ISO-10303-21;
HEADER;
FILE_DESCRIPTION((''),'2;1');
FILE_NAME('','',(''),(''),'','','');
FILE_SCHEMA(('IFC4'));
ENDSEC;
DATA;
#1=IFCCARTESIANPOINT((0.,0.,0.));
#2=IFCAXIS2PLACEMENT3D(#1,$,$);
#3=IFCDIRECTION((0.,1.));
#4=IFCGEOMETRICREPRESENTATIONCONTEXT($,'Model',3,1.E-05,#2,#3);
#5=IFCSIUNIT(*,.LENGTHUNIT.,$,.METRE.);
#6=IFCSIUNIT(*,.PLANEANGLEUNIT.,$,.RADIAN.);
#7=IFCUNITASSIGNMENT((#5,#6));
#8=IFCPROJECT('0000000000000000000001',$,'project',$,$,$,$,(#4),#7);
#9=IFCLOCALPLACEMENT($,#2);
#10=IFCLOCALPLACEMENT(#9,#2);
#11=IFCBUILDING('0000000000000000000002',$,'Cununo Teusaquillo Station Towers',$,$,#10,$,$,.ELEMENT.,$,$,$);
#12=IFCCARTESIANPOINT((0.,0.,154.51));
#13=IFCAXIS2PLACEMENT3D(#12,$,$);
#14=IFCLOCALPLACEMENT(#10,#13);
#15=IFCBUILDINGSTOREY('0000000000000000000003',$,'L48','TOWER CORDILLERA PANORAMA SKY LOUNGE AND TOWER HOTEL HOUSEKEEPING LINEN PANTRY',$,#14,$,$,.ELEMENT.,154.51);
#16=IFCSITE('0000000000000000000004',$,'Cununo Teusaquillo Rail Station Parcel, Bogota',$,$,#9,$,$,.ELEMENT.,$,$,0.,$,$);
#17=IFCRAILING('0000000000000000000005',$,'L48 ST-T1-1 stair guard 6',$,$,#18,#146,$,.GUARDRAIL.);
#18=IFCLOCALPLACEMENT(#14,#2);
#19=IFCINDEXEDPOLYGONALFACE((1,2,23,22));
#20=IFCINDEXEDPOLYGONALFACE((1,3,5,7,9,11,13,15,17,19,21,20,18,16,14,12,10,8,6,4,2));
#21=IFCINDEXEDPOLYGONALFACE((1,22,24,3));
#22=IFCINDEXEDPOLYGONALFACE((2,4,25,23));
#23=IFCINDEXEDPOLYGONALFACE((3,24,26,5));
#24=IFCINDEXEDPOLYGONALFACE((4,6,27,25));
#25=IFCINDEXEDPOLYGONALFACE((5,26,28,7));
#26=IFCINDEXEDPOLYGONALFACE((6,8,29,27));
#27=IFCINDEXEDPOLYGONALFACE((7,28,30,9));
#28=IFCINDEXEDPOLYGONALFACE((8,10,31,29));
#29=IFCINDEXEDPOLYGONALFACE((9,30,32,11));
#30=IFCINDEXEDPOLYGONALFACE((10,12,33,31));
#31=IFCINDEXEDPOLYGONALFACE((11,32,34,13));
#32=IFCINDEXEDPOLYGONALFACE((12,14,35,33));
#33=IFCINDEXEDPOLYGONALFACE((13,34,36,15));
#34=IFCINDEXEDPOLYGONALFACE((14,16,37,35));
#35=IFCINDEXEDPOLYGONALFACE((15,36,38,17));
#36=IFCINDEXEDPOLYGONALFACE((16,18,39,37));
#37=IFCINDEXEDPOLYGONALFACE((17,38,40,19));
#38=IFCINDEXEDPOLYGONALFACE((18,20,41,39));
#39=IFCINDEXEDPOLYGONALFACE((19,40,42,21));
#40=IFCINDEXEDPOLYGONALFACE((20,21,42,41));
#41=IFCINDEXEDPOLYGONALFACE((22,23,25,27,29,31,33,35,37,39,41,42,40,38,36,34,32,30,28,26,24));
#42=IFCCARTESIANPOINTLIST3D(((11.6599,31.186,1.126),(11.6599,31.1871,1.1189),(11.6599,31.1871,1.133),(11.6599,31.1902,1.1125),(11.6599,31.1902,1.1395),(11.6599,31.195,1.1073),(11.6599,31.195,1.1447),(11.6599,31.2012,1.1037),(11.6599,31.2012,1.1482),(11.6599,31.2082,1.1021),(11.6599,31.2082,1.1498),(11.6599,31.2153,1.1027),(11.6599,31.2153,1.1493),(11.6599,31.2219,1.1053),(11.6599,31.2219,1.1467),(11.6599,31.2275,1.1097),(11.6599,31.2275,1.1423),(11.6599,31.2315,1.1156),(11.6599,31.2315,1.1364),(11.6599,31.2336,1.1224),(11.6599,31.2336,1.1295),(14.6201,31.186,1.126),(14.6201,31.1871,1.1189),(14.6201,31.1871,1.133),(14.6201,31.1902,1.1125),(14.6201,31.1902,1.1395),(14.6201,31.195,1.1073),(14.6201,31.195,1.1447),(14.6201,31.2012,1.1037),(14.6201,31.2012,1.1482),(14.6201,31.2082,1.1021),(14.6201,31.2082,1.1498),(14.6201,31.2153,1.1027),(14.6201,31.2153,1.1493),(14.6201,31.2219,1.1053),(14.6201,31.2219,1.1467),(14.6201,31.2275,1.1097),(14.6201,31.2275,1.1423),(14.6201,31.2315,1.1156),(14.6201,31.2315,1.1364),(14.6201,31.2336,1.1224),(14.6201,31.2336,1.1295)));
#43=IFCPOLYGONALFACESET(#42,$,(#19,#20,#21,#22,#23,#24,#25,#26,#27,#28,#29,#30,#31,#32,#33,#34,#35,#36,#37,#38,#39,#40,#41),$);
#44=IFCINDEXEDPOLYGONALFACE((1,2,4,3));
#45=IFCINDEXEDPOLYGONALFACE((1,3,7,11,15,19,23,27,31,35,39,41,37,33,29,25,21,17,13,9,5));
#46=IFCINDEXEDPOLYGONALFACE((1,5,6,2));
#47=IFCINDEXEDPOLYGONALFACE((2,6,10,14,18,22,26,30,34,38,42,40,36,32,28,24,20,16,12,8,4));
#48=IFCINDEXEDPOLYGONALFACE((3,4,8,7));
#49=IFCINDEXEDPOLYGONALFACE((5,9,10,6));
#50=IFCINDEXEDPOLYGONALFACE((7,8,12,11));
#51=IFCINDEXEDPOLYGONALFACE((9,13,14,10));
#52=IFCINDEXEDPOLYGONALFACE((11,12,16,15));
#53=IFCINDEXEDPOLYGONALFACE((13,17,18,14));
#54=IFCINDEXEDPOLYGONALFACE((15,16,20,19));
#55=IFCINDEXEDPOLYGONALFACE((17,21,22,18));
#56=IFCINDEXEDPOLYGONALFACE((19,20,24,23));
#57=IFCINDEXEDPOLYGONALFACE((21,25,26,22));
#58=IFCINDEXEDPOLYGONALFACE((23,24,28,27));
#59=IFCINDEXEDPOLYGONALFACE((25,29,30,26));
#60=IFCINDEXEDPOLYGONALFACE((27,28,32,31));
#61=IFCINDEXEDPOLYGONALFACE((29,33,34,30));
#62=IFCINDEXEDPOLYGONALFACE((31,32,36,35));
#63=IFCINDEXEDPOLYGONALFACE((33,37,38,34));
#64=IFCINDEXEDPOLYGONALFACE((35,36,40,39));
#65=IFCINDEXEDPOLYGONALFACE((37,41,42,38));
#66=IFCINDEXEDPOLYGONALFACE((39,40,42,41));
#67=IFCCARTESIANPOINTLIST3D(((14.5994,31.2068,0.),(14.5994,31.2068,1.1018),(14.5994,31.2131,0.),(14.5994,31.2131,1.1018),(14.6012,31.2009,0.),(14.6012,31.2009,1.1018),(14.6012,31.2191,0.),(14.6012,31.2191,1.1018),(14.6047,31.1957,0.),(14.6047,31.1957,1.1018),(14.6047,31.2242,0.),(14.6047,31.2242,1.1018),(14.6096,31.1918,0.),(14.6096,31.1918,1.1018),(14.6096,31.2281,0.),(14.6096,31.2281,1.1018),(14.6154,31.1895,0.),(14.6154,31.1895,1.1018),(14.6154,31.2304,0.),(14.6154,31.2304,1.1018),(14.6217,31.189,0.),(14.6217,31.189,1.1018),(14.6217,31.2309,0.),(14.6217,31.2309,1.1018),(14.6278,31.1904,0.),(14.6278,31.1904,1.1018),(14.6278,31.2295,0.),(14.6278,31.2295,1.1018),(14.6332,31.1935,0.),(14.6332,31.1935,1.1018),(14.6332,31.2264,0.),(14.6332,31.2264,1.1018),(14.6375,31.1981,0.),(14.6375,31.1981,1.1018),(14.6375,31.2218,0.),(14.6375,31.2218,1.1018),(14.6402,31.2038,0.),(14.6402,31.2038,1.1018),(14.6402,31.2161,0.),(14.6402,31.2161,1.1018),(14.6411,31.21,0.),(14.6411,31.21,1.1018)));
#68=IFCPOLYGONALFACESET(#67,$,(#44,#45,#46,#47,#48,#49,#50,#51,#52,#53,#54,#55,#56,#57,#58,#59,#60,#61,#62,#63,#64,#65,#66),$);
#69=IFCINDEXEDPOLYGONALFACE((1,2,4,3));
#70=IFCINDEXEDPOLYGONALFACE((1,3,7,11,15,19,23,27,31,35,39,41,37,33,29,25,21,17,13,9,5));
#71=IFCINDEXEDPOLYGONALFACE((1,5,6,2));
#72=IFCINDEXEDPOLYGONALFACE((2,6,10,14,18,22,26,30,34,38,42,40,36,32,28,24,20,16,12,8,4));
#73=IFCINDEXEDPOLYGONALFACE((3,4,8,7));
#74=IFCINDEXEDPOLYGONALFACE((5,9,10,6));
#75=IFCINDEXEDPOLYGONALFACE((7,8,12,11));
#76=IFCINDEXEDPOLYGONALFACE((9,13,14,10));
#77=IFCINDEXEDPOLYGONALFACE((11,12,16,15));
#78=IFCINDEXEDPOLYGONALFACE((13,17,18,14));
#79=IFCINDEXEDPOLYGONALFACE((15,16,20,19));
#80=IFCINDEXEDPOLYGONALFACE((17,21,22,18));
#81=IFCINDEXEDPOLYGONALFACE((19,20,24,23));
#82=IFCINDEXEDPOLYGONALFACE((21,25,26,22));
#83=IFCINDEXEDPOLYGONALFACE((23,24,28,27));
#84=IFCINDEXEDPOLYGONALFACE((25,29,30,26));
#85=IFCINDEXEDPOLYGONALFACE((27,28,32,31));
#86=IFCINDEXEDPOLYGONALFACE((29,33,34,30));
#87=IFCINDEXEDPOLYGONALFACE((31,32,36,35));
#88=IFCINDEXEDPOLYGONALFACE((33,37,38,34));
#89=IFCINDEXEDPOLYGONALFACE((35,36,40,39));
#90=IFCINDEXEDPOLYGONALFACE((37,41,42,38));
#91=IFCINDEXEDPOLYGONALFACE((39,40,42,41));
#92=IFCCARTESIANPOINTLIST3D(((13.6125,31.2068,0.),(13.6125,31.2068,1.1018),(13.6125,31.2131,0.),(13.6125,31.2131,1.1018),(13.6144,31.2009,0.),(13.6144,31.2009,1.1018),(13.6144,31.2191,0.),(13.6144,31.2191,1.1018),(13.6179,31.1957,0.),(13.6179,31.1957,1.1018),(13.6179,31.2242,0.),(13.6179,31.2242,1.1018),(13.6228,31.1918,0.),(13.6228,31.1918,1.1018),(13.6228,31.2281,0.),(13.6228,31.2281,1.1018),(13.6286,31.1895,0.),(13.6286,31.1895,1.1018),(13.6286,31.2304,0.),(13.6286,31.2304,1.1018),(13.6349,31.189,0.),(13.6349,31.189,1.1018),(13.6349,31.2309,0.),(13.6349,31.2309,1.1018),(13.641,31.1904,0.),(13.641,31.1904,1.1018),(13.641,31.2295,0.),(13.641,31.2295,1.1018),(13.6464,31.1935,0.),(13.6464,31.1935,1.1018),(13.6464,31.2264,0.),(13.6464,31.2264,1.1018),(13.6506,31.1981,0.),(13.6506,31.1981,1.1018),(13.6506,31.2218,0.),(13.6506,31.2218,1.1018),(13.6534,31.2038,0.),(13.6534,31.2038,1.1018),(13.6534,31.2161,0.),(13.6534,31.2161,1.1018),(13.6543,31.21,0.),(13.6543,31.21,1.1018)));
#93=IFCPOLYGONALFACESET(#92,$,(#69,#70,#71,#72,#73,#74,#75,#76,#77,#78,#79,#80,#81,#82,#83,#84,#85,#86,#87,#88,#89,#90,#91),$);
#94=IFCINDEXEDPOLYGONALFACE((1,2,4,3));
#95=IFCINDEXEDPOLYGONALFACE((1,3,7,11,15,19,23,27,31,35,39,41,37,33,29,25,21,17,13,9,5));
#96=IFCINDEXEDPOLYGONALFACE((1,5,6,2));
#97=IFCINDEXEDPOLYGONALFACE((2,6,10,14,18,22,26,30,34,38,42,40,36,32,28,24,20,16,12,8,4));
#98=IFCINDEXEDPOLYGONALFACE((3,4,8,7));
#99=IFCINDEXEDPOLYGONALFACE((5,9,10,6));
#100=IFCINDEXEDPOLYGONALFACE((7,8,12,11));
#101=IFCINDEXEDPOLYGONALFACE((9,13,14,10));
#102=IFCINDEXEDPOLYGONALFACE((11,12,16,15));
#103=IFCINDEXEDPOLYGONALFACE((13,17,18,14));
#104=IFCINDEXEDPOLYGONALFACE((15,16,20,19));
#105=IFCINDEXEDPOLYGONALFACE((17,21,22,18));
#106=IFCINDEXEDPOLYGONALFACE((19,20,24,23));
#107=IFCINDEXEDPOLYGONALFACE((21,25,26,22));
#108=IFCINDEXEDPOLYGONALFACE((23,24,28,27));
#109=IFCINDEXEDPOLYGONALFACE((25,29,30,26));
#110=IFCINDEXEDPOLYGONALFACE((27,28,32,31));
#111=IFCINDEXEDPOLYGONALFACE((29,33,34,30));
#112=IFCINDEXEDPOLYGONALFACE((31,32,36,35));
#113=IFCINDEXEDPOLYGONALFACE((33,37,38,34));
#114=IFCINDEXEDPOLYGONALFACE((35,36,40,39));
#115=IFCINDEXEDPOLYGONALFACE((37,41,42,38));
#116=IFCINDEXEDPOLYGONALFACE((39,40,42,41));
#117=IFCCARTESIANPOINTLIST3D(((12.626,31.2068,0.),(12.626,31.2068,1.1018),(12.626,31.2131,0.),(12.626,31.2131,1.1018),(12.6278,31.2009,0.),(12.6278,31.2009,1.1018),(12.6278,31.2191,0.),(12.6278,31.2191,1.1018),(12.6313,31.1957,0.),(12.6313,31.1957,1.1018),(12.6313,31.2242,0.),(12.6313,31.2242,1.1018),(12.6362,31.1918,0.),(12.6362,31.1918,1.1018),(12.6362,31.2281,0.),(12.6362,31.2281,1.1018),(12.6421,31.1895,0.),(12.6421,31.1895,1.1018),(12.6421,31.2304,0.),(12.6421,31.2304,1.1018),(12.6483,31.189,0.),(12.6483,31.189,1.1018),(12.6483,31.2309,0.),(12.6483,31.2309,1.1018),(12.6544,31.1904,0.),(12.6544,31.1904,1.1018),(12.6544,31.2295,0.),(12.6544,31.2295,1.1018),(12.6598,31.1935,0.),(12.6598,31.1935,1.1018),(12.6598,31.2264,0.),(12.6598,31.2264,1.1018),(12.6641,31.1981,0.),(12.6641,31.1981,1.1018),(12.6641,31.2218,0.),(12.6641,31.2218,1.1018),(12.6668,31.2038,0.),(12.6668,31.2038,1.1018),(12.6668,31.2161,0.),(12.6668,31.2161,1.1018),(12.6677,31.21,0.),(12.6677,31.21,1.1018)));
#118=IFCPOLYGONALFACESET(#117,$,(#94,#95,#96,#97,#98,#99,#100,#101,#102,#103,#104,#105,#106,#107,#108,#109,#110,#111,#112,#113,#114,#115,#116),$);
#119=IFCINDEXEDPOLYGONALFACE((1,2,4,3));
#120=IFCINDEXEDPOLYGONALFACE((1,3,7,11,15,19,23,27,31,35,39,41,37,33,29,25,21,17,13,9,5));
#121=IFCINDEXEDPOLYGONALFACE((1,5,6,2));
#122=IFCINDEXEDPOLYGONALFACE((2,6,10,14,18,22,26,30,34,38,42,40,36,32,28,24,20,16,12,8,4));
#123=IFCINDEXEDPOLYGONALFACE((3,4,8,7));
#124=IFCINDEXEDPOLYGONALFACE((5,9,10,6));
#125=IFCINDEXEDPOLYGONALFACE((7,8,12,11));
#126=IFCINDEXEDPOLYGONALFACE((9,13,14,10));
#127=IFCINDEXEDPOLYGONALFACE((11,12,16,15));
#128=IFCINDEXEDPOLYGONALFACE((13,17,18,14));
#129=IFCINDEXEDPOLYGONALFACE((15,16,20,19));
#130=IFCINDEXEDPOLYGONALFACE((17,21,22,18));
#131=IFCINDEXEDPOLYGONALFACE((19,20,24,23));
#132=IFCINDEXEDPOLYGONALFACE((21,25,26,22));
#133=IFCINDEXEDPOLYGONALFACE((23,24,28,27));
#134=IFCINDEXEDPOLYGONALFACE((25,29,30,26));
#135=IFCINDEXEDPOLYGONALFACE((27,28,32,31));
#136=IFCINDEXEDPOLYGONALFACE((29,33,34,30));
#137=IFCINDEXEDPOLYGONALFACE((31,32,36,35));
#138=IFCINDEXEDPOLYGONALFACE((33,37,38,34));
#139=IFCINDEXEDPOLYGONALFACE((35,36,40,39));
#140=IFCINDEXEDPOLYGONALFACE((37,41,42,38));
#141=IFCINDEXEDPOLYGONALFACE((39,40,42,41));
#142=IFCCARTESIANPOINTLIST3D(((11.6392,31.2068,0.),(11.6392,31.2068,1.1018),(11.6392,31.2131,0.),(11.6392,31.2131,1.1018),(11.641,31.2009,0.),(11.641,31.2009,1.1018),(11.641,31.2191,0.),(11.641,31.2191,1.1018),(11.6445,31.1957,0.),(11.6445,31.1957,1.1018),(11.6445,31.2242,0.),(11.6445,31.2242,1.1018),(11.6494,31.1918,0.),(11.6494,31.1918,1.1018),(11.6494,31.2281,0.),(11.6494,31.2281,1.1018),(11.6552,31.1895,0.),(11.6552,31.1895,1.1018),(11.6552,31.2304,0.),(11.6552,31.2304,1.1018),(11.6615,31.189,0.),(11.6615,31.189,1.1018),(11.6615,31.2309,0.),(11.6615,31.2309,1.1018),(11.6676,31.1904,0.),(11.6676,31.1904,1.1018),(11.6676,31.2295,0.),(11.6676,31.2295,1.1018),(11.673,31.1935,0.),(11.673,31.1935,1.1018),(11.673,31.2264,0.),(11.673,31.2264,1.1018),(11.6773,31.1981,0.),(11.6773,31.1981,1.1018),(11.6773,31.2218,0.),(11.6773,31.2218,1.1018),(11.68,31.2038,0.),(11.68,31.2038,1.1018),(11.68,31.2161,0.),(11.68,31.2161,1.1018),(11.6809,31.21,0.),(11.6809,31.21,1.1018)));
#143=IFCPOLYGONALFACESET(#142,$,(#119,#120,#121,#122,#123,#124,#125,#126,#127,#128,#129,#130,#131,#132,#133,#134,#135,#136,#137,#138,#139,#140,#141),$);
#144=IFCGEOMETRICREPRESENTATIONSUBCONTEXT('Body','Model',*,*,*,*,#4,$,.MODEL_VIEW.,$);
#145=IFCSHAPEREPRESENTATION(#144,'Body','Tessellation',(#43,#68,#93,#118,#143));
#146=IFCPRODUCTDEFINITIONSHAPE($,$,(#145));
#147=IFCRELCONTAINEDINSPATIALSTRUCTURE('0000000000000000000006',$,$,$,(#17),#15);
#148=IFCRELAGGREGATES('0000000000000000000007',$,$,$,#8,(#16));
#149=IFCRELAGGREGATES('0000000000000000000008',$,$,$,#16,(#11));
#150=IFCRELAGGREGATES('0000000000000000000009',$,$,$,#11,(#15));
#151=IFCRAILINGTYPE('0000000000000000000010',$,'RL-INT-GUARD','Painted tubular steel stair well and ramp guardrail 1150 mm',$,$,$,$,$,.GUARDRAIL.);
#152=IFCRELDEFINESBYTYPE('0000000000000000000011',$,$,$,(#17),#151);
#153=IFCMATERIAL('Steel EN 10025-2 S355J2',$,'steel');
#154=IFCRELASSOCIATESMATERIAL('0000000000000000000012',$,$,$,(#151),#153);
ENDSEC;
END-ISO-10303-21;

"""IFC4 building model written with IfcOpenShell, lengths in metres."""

from ifc_helpers import new_model, si_unit, direction, frame, origin, origin_2d, place, context, subcontext, project, spatial, circle, extrude, material, type_object, element, save


model = new_model("IFC4")

# Units and contexts
model_context = context("Model", 3, precision=1e-05, world=origin(), true_north=direction((0.0, 1.0)))
body_context = subcontext(model_context, "Body", "Model", "MODEL_VIEW")
ifc_project = project(units=[si_unit("LENGTHUNIT", "METRE"), si_unit("PLANEANGLEUNIT", "RADIAN")], contexts=[model_context])

# Site, building, storey
site_placement = place(None, origin())
site = spatial("IfcSite", under=ifc_project, at=site_placement, Name="Cununo Teusaquillo Rail Station Parcel, Bogota", CompositionType="ELEMENT", RefElevation=0.0)
building_placement = place(site_placement, origin())
building = spatial("IfcBuilding", under=site, at=building_placement, Name="Cununo Teusaquillo Station Towers", CompositionType="ELEMENT")
storey_placement = place(building_placement, frame((0.0, 0.0, 154.51)))
storey = spatial("IfcBuildingStorey", under=building, at=storey_placement, Name="L48", Description="TOWER CORDILLERA PANORAMA SKY LOUNGE AND TOWER HOTEL HOUSEKEEPING LINEN PANTRY", CompositionType="ELEMENT", Elevation=154.51)

# Railing
ifc_material_1 = material(Name="Steel EN 10025-2 S355J2", Category="steel")
railing_type_1 = type_object("IfcRailingType", Name="RL-INT-GUARD", Description="Painted tubular steel stair well and ramp guardrail 1150 mm", PredefinedType="GUARDRAIL", material=ifc_material_1)
railing_1_placement = place(storey_placement, frame((14.6201, 31.21, 0.0)))
element("IfcRailing", 1, at=railing_1_placement, inside=storey, type_object=railing_type_1, Name="L48 ST-T1-1 stair guard 6", PredefinedType="GUARDRAIL", context=body_context, shape_type="SweptSolid", body=[
    extrude(circle(Radius=0.0239, at=origin_2d()), frame((0.0, 0.0, 1.126), z_axis=(-1.0, 0.0, 0.0), x_axis=(0.0, -1.0, 0.0)), (0.0, 0.0, 1.0), 2.9602),
    extrude(circle(Radius=0.021, at=origin_2d()), origin(), (0.0, 0.0, 1.0), 1.1018),
    extrude(circle(Radius=0.021, at=origin_2d()), frame((-0.9868, 0.0, 0.0)), (0.0, 0.0, 1.0), 1.1018),
    extrude(circle(Radius=0.021, at=origin_2d()), frame((-1.9734, 0.0, 0.0)), (0.0, 0.0, 1.0), 1.1018),
    extrude(circle(Radius=0.021, at=origin_2d()), frame((-2.9602, 0.0, 0.0)), (0.0, 0.0, 1.0), 1.1018),
])

save(model, "model.ifc")
